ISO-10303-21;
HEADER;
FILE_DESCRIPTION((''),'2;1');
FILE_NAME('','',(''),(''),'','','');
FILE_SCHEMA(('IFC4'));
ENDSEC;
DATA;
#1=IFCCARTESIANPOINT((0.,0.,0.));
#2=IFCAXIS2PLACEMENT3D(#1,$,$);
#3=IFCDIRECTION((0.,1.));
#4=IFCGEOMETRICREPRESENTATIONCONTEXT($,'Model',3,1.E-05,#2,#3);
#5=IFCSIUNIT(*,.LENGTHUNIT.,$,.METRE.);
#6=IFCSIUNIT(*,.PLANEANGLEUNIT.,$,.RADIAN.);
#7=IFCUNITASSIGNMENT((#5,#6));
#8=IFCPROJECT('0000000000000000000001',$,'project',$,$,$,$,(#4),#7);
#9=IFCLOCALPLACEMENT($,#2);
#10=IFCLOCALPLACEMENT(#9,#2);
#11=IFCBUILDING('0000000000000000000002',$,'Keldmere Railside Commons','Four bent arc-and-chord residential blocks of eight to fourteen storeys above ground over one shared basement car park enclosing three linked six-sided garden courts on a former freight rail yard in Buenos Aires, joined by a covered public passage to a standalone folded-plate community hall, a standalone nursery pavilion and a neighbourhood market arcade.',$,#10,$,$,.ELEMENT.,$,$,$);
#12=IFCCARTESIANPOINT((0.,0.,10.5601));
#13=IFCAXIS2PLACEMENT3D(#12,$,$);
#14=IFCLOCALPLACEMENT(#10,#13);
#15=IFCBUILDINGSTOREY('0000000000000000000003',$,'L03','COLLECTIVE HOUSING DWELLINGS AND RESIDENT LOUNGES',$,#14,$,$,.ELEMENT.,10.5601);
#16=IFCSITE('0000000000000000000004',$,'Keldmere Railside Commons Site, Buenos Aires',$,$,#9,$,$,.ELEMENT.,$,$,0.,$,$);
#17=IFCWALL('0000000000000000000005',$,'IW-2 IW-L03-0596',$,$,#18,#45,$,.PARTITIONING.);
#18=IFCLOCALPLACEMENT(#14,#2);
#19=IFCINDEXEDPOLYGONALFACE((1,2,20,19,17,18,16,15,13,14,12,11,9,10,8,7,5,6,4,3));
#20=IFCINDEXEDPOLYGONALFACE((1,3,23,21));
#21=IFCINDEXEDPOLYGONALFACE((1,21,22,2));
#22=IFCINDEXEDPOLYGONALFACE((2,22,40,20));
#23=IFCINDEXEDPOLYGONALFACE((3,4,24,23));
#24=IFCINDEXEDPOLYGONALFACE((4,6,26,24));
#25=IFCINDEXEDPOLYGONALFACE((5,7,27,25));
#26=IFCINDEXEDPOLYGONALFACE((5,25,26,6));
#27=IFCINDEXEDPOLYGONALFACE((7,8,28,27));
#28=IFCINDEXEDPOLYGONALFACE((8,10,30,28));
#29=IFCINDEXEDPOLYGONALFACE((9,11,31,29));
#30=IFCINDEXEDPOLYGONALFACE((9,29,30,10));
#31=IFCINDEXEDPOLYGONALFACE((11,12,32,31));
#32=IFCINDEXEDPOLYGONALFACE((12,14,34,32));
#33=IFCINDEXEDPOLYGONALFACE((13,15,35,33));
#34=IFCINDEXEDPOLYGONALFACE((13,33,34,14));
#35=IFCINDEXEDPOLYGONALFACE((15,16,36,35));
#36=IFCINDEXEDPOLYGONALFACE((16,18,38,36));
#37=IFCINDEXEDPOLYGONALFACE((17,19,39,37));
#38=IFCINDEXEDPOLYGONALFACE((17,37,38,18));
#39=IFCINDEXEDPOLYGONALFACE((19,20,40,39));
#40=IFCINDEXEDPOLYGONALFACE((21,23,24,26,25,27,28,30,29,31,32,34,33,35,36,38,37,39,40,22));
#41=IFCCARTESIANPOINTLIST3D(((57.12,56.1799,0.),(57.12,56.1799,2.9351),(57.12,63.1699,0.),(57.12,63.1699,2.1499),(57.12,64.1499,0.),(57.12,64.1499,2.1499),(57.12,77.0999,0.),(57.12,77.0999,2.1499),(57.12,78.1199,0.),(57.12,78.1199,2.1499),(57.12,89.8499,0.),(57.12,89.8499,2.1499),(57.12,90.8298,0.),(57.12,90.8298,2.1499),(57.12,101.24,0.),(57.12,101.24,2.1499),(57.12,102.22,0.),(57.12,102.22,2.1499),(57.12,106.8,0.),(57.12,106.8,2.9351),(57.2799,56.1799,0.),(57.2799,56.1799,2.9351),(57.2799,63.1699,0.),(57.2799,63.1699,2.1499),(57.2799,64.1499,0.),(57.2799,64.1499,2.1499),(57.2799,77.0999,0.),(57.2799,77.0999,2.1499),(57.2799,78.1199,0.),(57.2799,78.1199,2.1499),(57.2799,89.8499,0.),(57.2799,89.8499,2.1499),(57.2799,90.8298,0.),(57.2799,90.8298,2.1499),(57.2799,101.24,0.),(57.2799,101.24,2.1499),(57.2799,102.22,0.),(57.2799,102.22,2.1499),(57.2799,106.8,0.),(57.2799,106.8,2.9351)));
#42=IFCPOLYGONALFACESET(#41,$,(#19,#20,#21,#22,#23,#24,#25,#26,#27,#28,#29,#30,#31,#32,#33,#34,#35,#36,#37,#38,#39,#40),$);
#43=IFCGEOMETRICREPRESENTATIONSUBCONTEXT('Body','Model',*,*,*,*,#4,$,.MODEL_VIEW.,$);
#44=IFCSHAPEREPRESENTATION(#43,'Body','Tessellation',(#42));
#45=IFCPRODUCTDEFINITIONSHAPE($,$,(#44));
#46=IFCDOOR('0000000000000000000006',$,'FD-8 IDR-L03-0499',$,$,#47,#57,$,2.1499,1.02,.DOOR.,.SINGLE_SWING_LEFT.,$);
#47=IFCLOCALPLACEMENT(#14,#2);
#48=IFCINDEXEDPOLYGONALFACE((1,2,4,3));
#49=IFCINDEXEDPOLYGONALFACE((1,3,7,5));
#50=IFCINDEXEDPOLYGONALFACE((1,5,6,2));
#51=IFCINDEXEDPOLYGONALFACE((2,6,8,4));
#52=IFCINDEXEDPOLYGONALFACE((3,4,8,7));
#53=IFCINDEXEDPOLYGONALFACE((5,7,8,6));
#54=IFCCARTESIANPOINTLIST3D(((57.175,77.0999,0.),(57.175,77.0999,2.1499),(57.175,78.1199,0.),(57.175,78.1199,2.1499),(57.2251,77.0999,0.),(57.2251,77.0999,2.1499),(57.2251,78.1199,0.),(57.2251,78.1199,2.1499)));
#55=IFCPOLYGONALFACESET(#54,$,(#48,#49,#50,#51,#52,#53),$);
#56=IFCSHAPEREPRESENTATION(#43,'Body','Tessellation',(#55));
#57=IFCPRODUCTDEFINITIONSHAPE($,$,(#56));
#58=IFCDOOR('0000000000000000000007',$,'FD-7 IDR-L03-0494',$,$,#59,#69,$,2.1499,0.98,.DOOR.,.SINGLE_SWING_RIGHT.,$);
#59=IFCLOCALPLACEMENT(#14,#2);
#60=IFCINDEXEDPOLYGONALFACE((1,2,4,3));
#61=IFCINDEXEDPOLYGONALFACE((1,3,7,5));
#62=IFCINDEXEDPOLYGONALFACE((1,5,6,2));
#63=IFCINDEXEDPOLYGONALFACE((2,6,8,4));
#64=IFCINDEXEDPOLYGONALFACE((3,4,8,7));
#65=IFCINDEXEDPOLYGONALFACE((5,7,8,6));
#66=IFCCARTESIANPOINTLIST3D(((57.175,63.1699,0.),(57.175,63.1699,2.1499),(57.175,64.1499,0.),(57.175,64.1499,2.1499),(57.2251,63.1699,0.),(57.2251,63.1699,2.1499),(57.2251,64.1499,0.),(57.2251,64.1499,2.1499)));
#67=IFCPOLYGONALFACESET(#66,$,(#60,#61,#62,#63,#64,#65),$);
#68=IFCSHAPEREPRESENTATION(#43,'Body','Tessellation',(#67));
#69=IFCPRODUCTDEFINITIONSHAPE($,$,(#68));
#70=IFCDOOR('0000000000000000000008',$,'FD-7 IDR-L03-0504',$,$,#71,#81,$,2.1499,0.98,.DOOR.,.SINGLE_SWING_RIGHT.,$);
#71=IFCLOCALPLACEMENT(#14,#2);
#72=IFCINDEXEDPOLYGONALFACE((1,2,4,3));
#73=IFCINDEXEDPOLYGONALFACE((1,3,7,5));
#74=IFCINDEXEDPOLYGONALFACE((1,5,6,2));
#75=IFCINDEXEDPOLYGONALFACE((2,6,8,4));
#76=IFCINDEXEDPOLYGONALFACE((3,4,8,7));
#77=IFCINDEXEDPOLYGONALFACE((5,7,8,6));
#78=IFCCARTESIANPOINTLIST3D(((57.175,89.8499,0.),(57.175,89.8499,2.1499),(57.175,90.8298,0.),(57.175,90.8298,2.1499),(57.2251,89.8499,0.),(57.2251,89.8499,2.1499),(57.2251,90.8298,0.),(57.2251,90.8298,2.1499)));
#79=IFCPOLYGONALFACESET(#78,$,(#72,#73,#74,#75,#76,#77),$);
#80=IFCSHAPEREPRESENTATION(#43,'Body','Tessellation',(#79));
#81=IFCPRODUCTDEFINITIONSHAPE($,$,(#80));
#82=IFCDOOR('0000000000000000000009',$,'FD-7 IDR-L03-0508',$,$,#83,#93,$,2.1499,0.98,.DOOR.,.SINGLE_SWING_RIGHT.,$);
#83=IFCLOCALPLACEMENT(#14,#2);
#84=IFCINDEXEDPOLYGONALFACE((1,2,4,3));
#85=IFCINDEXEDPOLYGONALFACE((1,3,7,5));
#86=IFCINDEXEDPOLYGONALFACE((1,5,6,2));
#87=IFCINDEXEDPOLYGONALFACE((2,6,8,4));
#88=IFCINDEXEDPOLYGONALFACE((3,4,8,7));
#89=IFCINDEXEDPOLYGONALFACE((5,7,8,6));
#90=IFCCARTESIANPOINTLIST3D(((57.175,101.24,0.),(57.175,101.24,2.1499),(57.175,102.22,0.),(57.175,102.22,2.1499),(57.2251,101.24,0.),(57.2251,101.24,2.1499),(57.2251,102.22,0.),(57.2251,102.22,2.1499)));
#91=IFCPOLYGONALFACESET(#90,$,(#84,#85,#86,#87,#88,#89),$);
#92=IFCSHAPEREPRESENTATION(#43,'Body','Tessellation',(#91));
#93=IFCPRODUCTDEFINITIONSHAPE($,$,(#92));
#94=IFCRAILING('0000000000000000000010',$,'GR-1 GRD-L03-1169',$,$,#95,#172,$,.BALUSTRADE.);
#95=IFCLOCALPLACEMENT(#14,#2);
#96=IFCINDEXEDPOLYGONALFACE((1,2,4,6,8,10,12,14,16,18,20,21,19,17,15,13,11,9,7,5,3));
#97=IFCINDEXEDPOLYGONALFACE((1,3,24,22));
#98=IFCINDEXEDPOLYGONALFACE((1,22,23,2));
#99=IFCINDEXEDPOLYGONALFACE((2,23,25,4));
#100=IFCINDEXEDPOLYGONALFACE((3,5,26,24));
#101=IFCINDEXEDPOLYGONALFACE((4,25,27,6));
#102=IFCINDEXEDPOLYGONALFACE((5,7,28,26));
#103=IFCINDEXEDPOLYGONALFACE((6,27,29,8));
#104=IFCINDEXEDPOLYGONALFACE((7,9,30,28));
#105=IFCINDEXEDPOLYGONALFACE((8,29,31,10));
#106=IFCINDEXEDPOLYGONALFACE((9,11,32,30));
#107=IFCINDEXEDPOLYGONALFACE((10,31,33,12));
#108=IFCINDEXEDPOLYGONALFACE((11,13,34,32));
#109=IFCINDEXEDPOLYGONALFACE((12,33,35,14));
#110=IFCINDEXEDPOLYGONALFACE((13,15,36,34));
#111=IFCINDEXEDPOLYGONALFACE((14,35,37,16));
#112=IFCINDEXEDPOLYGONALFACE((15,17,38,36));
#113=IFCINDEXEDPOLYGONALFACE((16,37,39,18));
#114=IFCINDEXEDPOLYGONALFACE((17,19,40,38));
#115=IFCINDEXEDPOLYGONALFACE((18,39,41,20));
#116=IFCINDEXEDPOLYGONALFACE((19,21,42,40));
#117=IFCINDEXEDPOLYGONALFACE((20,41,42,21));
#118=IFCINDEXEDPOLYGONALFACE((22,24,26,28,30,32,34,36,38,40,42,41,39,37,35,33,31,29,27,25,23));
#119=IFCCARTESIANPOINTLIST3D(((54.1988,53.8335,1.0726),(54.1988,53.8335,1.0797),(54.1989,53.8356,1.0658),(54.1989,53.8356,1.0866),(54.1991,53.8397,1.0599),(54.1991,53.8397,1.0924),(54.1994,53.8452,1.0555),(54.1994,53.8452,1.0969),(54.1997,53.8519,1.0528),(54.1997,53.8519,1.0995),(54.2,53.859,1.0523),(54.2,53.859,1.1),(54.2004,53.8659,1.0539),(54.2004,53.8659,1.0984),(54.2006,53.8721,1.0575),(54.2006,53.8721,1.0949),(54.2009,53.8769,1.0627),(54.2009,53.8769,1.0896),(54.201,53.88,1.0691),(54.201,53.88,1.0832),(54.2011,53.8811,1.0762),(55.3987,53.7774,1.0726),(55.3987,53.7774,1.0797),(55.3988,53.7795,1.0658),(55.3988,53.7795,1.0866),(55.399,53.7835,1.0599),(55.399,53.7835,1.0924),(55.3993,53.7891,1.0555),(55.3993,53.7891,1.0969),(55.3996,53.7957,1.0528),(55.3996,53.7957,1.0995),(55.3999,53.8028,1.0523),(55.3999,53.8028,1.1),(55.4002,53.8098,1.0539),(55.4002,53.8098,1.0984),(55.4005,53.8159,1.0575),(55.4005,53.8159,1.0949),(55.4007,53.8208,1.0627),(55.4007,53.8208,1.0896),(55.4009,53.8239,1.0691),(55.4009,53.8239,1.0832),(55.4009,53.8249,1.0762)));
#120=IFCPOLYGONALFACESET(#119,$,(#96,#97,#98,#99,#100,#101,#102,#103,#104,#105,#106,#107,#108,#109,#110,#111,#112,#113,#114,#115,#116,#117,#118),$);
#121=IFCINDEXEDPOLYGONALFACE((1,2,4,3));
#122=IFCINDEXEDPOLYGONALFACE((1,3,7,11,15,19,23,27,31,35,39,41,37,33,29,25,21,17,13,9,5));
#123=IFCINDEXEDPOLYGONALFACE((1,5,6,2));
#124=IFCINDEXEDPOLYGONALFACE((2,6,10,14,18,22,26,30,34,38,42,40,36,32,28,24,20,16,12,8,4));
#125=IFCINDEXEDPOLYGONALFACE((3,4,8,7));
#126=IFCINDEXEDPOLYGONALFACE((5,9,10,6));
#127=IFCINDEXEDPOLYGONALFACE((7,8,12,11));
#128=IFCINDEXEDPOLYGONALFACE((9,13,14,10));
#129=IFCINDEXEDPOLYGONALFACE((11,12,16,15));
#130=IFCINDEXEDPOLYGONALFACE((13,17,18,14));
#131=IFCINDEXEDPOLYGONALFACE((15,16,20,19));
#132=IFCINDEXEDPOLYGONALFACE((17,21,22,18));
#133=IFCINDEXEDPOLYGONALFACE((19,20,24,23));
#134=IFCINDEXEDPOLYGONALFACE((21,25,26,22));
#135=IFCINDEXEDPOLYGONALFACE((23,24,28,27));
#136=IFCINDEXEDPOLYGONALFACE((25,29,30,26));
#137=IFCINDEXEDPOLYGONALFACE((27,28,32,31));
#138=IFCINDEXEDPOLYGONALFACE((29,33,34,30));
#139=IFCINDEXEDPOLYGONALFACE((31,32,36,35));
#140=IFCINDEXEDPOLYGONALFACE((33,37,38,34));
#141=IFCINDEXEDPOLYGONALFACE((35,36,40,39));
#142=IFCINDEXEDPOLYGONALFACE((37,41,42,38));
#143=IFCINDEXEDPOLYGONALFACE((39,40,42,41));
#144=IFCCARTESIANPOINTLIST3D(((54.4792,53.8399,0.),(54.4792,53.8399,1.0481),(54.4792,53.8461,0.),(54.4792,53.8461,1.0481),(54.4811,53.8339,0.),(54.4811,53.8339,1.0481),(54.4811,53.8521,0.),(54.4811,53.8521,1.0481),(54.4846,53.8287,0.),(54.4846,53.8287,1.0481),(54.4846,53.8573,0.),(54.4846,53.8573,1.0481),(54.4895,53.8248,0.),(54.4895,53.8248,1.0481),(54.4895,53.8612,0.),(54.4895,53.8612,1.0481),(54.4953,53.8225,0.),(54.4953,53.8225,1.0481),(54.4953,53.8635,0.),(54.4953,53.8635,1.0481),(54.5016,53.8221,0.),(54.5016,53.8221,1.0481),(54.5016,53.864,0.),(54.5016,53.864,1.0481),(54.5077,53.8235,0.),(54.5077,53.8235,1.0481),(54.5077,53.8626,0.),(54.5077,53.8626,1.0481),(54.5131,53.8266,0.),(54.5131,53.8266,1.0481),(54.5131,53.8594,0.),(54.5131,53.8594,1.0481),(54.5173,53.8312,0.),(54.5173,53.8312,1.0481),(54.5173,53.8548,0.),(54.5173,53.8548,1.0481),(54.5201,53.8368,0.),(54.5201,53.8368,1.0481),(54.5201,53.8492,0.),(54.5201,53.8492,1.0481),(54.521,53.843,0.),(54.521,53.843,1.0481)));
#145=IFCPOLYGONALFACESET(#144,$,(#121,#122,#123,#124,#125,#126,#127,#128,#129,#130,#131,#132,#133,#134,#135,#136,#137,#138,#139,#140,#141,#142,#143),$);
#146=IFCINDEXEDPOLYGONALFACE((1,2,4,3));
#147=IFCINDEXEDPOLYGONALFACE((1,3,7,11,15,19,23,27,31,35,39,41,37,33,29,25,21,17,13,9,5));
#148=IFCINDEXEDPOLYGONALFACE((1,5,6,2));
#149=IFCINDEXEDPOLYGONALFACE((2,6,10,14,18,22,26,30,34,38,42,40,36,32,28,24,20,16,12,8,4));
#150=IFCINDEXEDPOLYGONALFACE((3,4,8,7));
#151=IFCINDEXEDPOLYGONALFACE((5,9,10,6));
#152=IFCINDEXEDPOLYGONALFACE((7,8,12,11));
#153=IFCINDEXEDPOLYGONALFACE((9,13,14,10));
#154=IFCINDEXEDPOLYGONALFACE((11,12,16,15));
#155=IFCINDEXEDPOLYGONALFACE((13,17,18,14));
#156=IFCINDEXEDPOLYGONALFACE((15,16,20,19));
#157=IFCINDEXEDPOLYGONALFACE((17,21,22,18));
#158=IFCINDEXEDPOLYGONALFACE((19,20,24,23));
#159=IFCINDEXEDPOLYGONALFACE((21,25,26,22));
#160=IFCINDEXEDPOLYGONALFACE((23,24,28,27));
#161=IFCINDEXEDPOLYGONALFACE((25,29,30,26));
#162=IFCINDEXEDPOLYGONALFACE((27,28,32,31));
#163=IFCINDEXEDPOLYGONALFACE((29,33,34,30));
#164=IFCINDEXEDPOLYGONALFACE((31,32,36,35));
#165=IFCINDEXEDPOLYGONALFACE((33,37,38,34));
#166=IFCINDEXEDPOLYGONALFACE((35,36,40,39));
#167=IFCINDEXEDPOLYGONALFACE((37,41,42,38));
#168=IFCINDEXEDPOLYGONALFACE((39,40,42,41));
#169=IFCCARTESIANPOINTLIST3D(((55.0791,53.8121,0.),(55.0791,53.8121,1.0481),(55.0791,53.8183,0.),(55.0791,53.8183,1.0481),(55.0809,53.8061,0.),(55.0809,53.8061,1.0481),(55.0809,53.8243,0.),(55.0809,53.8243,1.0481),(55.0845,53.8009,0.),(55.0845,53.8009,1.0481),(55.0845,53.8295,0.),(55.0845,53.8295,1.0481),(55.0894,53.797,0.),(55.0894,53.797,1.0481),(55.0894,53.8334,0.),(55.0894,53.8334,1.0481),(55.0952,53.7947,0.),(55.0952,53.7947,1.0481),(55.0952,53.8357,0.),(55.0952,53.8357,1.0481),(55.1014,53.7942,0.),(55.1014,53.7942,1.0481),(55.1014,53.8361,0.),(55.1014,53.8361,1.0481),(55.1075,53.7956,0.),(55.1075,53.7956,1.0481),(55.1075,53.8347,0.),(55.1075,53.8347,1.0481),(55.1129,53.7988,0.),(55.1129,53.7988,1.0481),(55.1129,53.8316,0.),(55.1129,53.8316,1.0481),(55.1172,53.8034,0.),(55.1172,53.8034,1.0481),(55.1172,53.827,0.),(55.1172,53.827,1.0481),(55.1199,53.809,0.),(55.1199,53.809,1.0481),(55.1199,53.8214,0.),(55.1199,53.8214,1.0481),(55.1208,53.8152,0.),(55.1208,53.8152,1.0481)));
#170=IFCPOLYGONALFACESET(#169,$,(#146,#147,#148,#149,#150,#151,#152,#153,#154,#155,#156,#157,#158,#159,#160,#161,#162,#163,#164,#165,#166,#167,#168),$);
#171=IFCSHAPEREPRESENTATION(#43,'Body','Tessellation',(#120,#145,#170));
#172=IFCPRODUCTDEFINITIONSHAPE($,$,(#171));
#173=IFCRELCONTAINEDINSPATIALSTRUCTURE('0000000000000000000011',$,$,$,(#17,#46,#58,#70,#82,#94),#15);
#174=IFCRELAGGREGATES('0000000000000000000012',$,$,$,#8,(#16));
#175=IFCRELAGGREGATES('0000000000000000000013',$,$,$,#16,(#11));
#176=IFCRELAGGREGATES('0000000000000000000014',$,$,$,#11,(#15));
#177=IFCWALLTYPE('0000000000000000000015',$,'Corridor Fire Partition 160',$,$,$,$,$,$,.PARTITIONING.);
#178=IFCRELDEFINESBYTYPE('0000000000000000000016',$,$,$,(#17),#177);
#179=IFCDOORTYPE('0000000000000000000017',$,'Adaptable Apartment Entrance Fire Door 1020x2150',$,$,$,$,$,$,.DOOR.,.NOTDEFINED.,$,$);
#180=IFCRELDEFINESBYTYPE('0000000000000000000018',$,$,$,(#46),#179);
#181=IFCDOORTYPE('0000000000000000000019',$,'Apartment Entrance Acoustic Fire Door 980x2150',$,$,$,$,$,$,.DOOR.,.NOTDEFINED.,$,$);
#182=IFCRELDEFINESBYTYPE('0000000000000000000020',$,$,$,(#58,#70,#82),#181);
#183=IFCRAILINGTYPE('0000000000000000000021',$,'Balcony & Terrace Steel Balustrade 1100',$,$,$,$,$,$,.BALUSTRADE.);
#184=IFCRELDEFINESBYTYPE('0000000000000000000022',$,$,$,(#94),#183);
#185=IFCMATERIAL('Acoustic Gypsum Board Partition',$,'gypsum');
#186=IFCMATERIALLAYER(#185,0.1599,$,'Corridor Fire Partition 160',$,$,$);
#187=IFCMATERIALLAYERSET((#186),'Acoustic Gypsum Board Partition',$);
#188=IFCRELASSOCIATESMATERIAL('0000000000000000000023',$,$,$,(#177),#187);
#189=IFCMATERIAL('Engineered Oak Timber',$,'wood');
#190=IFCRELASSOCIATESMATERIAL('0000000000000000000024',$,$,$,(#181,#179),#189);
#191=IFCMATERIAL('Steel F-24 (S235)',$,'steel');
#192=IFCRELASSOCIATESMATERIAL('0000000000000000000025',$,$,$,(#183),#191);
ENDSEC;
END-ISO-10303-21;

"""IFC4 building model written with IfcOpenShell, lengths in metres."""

from ifc_helpers import new_model, si_unit, direction, frame, frame_2d, origin, origin_2d, place, context, subcontext, project, spatial, rectangle, circle, extrude, material, layer, layer_set, type_object, element, fill, save


model = new_model("IFC4")

# Units and contexts
model_context = context("Model", 3, precision=1e-05, world=origin(), true_north=direction((0.0, 1.0)))
body_context = subcontext(model_context, "Body", "Model", "MODEL_VIEW")
ifc_project = project(units=[si_unit("LENGTHUNIT", "METRE"), si_unit("PLANEANGLEUNIT", "RADIAN")], contexts=[model_context])

# Site, building, storey
site_placement = place(None, origin())
site = spatial("IfcSite", under=ifc_project, at=site_placement, Name="Keldmere Railside Commons Site, Buenos Aires", CompositionType="ELEMENT", RefElevation=0.0)
building_placement = place(site_placement, origin())
building = spatial("IfcBuilding", under=site, at=building_placement, Name="Keldmere Railside Commons", Description="Four bent arc-and-chord residential blocks of eight to fourteen storeys above ground over one shared basement car park enclosing three linked six-sided garden courts on a former freight rail yard in Buenos Aires, joined by a covered public passage to a standalone folded-plate community hall, a standalone nursery pavilion and a neighbourhood market arcade.", CompositionType="ELEMENT")
storey_placement = place(building_placement, frame((0.0, 0.0, 10.5601)))
storey = spatial("IfcBuildingStorey", under=building, at=storey_placement, Name="L03", Description="COLLECTIVE HOUSING DWELLINGS AND RESIDENT LOUNGES", CompositionType="ELEMENT", Elevation=10.5601)

# Wall, openings, doors
ifc_material_1 = material(Name="Acoustic Gypsum Board Partition", Category="gypsum")
ifc_layer = layer(ifc_material_1, 0.1599, Name="Corridor Fire Partition 160")
ifc_layer_set = layer_set([ifc_layer], Name="Acoustic Gypsum Board Partition")
wall_type = type_object("IfcWallType", Name="Corridor Fire Partition 160", PredefinedType="PARTITIONING", material=ifc_layer_set)
ifc_material_2 = material(Name="Engineered Oak Timber", Category="wood")
door_type_1 = type_object("IfcDoorType", Name="Apartment Entrance Acoustic Fire Door 980x2150", OperationType="NOTDEFINED", PredefinedType="DOOR", material=ifc_material_2)
ifc_material_3 = material(Name="Steel F-24 (S235)", Category="steel")
wall_1_placement = place(storey_placement, frame((57.2, 56.1799, 0.0), z_axis=(0.0, 0.0, 1.0), x_axis=(0.0, 1.0, 0.0)))
wall_1 = element("IfcWall", 1, at=wall_1_placement, inside=storey, type_object=wall_type, Name="IW-2 IW-L03-0596", PredefinedType="PARTITIONING", context=body_context, shape_type="SweptSolid", body=[
    extrude(rectangle(XDim=50.6201, YDim=0.1599, at=frame_2d((25.3101, 0.0))), origin(), (0.0, 0.0, 1.0), 2.9351),
])
opening_1_placement = place(wall_1_placement, frame((6.99, 0.0, 0.0)))
opening_1 = element("IfcOpeningElement", 2, at=opening_1_placement, cuts=wall_1, PredefinedType="OPENING", context=body_context, shape_type="SweptSolid", body=[
    extrude(rectangle(XDim=0.98, YDim=2.1499, at=frame_2d((0.49, 1.075))), frame((0.0, 0.0898, 0.0), z_axis=(0.0, -1.0, 0.0), x_axis=(1.0, 0.0, 0.0)), (0.0, 0.0, 1.0), 0.1799),
])
opening_2_placement = place(wall_1_placement, frame((20.9199, 0.0, 0.0)))
opening_2 = element("IfcOpeningElement", 3, at=opening_2_placement, cuts=wall_1, PredefinedType="OPENING", context=body_context, shape_type="SweptSolid", body=[
    extrude(rectangle(XDim=1.02, YDim=2.1499, at=frame_2d((0.51, 1.075))), frame((0.0, 0.0898, 0.0), z_axis=(0.0, -1.0, 0.0), x_axis=(1.0, 0.0, 0.0)), (0.0, 0.0, 1.0), 0.1799),
])
opening_3_placement = place(wall_1_placement, frame((33.6699, 0.0, 0.0)))
opening_3 = element("IfcOpeningElement", 4, at=opening_3_placement, cuts=wall_1, PredefinedType="OPENING", context=body_context, shape_type="SweptSolid", body=[
    extrude(rectangle(XDim=0.98, YDim=2.1499, at=frame_2d((0.49, 1.075))), frame((0.0, 0.0898, 0.0), z_axis=(0.0, -1.0, 0.0), x_axis=(1.0, 0.0, 0.0)), (0.0, 0.0, 1.0), 0.1799),
])
opening_4_placement = place(wall_1_placement, frame((45.0601, 0.0, 0.0)))
opening_4 = element("IfcOpeningElement", 5, at=opening_4_placement, cuts=wall_1, PredefinedType="OPENING", context=body_context, shape_type="SweptSolid", body=[
    extrude(rectangle(XDim=0.98, YDim=2.1499, at=frame_2d((0.49, 1.075))), frame((0.0, 0.0898, 0.0), z_axis=(0.0, -1.0, 0.0), x_axis=(1.0, 0.0, 0.0)), (0.0, 0.0, 1.0), 0.1799),
])
door_type_2 = type_object("IfcDoorType", Name="Adaptable Apartment Entrance Fire Door 1020x2150", OperationType="NOTDEFINED", PredefinedType="DOOR", material=ifc_material_2)
door_1_placement = place(opening_2_placement, origin())
door_1 = element("IfcDoor", 6, at=door_1_placement, inside=storey, type_object=door_type_2, Name="FD-8 IDR-L03-0499", OperationType="SINGLE_SWING_LEFT", OverallHeight=2.1499, OverallWidth=1.02, PredefinedType="DOOR", context=body_context, shape_type="SweptSolid", body=[
    extrude(rectangle(XDim=1.02, YDim=2.1499, at=frame_2d((0.51, 1.075))), frame((0.0, 0.0249, 0.0), z_axis=(0.0, -1.0, 0.0), x_axis=(1.0, 0.0, 0.0)), (0.0, 0.0, 1.0), 0.05),
])
fill(opening_2, door_1)
door_2_placement = place(opening_1_placement, origin())
door_2 = element("IfcDoor", 7, at=door_2_placement, inside=storey, type_object=door_type_1, Name="FD-7 IDR-L03-0494", OperationType="SINGLE_SWING_RIGHT", OverallHeight=2.1499, OverallWidth=0.98, PredefinedType="DOOR", context=body_context, shape_type="SweptSolid", body=[
    extrude(rectangle(XDim=0.98, YDim=2.1499, at=frame_2d((0.49, 1.075))), frame((0.0, 0.0249, 0.0), z_axis=(0.0, -1.0, 0.0), x_axis=(1.0, 0.0, 0.0)), (0.0, 0.0, 1.0), 0.05),
])
fill(opening_1, door_2)
door_3_placement = place(opening_3_placement, origin())
door_3 = element("IfcDoor", 8, at=door_3_placement, inside=storey, type_object=door_type_1, Name="FD-7 IDR-L03-0504", OperationType="SINGLE_SWING_RIGHT", OverallHeight=2.1499, OverallWidth=0.98, PredefinedType="DOOR", context=body_context, shape_type="SweptSolid", body=[
    extrude(rectangle(XDim=0.98, YDim=2.1499, at=frame_2d((0.49, 1.075))), frame((0.0, 0.0249, 0.0), z_axis=(0.0, -1.0, 0.0), x_axis=(1.0, 0.0, 0.0)), (0.0, 0.0, 1.0), 0.05),
])
fill(opening_3, door_3)
door_4_placement = place(opening_4_placement, origin())
door_4 = element("IfcDoor", 9, at=door_4_placement, inside=storey, type_object=door_type_1, Name="FD-7 IDR-L03-0508", OperationType="SINGLE_SWING_RIGHT", OverallHeight=2.1499, OverallWidth=0.98, PredefinedType="DOOR", context=body_context, shape_type="SweptSolid", body=[
    extrude(rectangle(XDim=0.98, YDim=2.1499, at=frame_2d((0.49, 1.075))), frame((0.0, 0.0249, 0.0), z_axis=(0.0, -1.0, 0.0), x_axis=(1.0, 0.0, 0.0)), (0.0, 0.0, 1.0), 0.05),
])
fill(opening_4, door_4)

# Railing
railing_type = type_object("IfcRailingType", Name="Balcony & Terrace Steel Balustrade 1100", PredefinedType="BALUSTRADE", material=ifc_material_3)
railing_1_placement = place(storey_placement, frame((54.2, 53.8572, 0.0)))
element("IfcRailing", 10, at=railing_1_placement, inside=storey, type_object=railing_type, Name="GR-1 GRD-L03-1169", PredefinedType="BALUSTRADE", context=body_context, shape_type="SweptSolid", body=[
    extrude(circle(Radius=0.0239, at=origin_2d()), frame((0.0, 0.0, 1.0762), z_axis=(0.998907, -0.046744, 0.0), x_axis=(0.046744, 0.998907, 0.0)), (0.0, 0.0, 1.0), 1.2012),
    extrude(circle(Radius=0.021, at=origin_2d()), frame((0.3, -0.0142, 0.0)), (0.0, 0.0, 1.0), 1.0481),
    extrude(circle(Radius=0.021, at=origin_2d()), frame((0.8999, -0.042, 0.0)), (0.0, 0.0, 1.0), 1.0481),
])

save(model, "model.ifc")
